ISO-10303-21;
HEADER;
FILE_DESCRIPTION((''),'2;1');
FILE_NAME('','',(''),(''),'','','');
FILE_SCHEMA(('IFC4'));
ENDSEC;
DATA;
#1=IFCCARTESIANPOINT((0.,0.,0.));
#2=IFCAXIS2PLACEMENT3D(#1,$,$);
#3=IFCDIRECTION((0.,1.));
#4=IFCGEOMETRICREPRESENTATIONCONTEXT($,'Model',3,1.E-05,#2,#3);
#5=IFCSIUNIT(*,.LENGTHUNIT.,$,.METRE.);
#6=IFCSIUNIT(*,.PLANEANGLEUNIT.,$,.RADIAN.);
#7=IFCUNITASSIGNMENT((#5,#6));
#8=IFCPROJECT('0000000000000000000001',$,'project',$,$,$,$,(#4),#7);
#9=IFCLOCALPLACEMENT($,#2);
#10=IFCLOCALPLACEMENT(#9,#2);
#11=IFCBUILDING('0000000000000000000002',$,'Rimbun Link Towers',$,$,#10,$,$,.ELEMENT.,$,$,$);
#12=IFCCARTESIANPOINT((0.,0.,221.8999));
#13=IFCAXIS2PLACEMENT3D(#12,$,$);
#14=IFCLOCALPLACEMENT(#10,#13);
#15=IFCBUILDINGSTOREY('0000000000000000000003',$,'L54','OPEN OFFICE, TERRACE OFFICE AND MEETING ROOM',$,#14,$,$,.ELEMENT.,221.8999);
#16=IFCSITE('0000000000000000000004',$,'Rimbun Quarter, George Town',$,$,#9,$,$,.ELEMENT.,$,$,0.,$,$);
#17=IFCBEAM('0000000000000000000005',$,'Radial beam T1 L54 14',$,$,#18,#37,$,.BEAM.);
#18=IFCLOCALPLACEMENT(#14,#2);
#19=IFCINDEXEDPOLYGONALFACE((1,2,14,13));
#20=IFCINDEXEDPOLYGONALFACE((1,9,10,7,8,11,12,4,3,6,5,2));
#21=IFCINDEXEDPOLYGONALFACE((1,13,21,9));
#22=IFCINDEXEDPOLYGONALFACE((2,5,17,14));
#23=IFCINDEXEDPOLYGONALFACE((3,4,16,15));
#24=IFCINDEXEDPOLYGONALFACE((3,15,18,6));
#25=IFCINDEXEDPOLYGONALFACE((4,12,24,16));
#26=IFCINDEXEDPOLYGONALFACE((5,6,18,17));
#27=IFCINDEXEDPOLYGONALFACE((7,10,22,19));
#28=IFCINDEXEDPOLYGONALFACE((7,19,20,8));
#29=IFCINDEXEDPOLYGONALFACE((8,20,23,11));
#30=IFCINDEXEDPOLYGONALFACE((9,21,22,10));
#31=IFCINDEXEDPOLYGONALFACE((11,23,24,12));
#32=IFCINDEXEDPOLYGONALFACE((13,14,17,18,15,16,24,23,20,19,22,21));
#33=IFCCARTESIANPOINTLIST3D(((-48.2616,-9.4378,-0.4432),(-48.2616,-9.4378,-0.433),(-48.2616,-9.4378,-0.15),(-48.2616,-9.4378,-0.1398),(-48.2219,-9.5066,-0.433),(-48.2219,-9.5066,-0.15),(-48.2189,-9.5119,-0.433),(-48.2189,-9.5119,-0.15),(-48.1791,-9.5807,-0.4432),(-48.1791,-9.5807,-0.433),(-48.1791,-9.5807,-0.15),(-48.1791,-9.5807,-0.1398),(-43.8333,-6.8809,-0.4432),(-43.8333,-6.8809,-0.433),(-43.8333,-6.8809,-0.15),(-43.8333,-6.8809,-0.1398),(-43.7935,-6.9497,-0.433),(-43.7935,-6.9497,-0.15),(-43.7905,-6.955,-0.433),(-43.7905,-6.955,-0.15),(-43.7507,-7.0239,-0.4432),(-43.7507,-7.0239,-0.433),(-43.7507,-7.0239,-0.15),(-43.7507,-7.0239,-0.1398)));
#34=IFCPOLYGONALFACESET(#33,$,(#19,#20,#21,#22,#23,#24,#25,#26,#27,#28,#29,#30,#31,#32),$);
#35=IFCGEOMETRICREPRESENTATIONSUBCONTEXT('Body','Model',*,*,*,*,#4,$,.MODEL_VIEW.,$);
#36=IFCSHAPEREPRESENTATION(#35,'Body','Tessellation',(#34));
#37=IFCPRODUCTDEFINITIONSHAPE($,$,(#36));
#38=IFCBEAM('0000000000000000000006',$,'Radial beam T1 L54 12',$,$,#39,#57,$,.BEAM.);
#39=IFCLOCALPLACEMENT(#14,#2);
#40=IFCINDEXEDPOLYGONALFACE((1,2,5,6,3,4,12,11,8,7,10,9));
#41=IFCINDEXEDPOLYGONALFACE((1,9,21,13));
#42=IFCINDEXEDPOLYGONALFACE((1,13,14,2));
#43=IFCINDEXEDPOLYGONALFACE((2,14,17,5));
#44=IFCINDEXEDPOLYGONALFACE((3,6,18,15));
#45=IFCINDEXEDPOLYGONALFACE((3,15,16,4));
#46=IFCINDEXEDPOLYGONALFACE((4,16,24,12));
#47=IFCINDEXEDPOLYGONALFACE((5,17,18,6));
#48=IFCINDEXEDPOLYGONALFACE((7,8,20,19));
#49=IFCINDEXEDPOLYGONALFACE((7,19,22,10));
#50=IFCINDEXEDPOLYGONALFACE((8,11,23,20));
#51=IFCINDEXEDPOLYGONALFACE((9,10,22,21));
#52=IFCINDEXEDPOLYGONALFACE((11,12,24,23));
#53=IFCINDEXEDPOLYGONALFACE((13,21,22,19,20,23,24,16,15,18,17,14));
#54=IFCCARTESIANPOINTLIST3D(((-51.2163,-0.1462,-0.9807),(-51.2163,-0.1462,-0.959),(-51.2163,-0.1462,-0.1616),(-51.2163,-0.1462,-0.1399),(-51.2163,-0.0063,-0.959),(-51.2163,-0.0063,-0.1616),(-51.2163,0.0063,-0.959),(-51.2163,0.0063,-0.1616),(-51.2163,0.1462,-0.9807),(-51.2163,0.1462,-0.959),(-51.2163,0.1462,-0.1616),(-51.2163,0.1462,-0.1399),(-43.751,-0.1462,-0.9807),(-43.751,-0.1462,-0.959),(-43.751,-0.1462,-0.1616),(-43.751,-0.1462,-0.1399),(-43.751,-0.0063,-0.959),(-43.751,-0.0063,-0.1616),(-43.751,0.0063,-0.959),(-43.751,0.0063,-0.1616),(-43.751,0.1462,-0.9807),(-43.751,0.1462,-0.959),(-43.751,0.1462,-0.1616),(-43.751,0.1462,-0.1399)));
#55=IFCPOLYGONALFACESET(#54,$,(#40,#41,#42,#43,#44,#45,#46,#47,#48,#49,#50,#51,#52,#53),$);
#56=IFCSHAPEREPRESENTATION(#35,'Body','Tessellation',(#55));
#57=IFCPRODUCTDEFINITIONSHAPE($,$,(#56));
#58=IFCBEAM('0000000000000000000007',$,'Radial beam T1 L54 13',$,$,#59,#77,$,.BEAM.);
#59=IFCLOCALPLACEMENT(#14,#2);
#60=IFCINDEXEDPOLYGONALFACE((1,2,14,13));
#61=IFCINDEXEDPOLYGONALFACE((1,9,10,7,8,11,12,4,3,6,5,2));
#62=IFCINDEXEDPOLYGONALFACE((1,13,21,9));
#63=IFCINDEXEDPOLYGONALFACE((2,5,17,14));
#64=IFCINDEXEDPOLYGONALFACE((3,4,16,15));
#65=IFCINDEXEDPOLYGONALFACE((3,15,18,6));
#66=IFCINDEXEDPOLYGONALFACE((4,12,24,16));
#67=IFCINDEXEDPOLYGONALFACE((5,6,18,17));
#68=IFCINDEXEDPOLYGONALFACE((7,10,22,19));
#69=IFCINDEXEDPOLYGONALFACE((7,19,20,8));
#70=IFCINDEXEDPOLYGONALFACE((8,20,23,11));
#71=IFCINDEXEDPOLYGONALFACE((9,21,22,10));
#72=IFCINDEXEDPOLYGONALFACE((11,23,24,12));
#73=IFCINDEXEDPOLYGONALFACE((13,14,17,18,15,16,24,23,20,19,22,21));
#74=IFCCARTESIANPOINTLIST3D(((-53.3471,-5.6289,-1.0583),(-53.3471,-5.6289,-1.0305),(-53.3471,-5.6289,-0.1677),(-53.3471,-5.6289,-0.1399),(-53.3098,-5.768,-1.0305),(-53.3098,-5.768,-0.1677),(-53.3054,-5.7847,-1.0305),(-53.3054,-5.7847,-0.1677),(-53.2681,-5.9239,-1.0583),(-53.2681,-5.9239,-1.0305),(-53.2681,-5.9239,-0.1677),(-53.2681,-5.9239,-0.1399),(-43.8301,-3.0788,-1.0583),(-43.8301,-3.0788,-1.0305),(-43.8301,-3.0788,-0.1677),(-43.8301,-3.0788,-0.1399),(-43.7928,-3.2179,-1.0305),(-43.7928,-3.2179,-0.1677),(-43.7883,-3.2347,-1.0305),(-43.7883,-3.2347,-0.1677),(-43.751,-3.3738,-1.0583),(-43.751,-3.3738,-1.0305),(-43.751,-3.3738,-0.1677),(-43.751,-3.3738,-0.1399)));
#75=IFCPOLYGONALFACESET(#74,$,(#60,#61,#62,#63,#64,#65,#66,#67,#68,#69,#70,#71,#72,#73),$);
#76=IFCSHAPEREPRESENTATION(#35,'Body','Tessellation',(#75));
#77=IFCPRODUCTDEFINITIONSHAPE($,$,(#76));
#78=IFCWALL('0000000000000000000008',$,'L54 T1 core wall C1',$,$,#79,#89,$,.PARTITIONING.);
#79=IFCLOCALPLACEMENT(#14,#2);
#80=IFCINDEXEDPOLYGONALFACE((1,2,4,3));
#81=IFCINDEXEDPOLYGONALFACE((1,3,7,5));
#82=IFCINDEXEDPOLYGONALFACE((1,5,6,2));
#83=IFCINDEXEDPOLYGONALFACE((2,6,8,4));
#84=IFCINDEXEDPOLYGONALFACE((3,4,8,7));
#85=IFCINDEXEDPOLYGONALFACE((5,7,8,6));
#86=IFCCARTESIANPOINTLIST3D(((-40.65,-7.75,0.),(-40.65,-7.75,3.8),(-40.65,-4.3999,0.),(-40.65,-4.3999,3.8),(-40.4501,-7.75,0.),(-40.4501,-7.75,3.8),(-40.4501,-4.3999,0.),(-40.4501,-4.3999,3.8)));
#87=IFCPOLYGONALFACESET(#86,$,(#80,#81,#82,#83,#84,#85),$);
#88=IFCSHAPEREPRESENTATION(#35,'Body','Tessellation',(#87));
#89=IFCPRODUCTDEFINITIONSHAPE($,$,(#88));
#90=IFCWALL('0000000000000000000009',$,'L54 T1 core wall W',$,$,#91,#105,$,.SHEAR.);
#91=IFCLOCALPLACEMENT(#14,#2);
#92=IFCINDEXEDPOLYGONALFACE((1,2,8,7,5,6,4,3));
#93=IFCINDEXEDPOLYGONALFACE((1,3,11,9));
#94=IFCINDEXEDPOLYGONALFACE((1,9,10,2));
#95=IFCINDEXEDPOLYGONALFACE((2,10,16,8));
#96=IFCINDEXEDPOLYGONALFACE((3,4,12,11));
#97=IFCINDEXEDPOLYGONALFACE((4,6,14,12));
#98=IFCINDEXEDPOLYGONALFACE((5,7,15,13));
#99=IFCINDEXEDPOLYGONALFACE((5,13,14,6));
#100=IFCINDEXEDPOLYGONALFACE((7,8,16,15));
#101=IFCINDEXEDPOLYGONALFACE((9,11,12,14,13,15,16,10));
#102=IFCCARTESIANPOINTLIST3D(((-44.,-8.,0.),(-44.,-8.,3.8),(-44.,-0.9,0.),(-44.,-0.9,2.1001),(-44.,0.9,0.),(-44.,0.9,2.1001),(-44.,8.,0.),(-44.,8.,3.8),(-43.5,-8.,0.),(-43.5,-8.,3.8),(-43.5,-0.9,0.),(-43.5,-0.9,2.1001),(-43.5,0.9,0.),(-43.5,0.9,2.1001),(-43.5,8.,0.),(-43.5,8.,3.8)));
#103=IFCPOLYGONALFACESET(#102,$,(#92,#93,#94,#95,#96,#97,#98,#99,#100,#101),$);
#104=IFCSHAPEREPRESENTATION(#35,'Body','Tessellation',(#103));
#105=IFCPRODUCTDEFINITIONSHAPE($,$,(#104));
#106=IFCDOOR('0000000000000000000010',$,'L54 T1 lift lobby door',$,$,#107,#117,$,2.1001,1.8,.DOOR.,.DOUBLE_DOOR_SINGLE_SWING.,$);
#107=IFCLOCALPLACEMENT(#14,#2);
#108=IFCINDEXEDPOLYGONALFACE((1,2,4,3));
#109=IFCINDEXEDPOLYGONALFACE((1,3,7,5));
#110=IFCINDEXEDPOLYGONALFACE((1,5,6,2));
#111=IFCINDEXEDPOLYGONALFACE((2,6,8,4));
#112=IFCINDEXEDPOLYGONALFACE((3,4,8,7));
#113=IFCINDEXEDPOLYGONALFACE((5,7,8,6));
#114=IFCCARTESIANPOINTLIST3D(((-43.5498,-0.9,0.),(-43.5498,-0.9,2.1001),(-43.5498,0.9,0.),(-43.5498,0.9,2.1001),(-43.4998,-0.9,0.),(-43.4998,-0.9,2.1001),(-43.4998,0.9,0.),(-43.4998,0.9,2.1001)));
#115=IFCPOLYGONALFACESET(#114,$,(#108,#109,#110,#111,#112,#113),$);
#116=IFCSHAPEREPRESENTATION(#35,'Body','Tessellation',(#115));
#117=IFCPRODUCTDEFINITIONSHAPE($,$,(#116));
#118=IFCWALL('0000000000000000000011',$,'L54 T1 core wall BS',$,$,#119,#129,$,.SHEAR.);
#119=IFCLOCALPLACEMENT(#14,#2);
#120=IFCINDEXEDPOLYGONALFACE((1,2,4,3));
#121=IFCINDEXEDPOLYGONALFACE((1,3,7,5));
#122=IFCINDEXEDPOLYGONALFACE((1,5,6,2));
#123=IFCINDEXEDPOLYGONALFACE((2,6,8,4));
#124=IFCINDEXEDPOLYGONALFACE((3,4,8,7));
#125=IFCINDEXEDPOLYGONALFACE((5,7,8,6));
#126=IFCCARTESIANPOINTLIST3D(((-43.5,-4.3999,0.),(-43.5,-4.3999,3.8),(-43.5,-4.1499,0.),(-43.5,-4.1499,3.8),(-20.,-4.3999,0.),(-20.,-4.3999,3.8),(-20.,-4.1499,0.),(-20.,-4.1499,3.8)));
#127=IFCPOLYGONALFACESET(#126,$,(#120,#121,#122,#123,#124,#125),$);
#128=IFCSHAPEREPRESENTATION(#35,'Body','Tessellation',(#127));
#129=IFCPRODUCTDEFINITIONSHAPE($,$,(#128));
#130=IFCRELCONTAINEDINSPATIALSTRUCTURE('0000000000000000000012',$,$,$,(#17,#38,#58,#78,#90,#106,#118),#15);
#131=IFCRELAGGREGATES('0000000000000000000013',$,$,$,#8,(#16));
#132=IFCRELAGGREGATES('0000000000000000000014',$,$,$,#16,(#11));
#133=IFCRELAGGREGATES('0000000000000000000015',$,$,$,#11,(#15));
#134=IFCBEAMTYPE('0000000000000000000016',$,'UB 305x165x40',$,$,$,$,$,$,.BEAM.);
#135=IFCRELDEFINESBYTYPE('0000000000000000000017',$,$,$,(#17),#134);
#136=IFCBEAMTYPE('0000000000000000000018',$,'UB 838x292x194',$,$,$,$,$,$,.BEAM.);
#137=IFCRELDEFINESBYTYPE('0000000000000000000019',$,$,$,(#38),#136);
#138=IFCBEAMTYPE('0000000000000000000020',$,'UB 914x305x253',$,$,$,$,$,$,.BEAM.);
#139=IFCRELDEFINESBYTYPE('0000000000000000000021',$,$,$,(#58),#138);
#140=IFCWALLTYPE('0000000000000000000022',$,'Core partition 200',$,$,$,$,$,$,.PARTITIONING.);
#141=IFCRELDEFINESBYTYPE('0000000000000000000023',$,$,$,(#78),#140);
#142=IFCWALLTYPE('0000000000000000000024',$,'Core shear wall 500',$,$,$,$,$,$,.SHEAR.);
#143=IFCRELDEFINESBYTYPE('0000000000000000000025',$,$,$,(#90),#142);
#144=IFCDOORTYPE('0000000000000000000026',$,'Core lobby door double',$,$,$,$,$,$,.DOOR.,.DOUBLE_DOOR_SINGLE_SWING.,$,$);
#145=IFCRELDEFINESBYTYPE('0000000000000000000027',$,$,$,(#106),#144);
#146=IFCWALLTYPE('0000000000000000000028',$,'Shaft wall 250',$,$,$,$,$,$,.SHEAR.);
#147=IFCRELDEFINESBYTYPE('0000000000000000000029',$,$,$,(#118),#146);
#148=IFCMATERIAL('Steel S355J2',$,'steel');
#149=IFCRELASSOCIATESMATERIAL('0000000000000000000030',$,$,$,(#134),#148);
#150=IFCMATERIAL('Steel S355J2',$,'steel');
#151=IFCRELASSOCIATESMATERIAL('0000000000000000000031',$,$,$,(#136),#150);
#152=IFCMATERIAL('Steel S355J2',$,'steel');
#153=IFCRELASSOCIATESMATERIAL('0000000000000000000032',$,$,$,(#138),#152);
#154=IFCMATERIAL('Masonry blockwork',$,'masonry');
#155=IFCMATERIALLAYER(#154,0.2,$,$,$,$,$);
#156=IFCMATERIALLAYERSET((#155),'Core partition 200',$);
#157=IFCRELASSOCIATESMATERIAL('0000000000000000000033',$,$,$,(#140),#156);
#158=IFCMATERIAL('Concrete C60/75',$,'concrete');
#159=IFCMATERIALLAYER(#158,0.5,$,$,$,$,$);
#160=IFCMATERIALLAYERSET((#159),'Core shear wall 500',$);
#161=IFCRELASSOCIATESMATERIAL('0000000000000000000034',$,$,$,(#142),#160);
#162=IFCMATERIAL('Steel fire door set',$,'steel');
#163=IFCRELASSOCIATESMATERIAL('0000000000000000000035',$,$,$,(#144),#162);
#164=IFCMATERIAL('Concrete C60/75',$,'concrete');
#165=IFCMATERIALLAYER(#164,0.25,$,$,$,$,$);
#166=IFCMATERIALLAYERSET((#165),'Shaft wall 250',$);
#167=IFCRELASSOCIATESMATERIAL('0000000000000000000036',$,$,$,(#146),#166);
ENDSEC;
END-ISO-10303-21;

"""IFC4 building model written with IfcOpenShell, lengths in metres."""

from ifc_helpers import new_model, si_unit, direction, frame, frame_2d, origin, origin_2d, place, context, subcontext, project, spatial, rectangle, i_section, extrude, material, layer, layer_set, material_profile, profile_set, type_object, element, fill, save


model = new_model("IFC4")

# Units and contexts
model_context = context("Model", 3, precision=1e-05, world=origin(), true_north=direction((0.0, 1.0)))
body_context = subcontext(model_context, "Body", "Model", "MODEL_VIEW")
ifc_project = project(units=[si_unit("LENGTHUNIT", "METRE"), si_unit("PLANEANGLEUNIT", "RADIAN")], contexts=[model_context])

# Site, building, storey
site_placement = place(None, origin())
site = spatial("IfcSite", under=ifc_project, at=site_placement, Name="Rimbun Quarter, George Town", CompositionType="ELEMENT", RefElevation=0.0)
building_placement = place(site_placement, origin())
building = spatial("IfcBuilding", under=site, at=building_placement, Name="Rimbun Link Towers", CompositionType="ELEMENT")
storey_placement = place(building_placement, frame((0.0, 0.0, 221.8999)))
storey = spatial("IfcBuildingStorey", under=building, at=storey_placement, Name="L54", Description="OPEN OFFICE, TERRACE OFFICE AND MEETING ROOM", CompositionType="ELEMENT", Elevation=221.8999)

# Beams
ifc_material_1 = material(Name="Steel S355J2", Category="steel")
ifc_material_profile_1 = material_profile(ifc_material_1, i_section(OverallWidth=0.165, OverallDepth=0.3035, WebThickness=0.0061, FlangeThickness=0.0103, at=origin_2d()), Name="UB 305x165x40")
ifc_profile_set_1 = profile_set([ifc_material_profile_1], Name="Steel S355J2")
beam_type_1 = type_object("IfcBeamType", Name="UB 305x165x40", PredefinedType="BEAM", material=ifc_profile_set_1)
beam_1_placement = place(storey_placement, frame((-43.792, -6.9524, -0.2915), z_axis=(-0.866016, -0.500016, 0.0), x_axis=(0.500016, -0.866016, 0.0)))
element("IfcBeam", 1, at=beam_1_placement, inside=storey, type_object=beam_type_1, Name="Radial beam T1 L54 14", PredefinedType="BEAM", context=body_context, shape_type="SweptSolid", body=[
    extrude(i_section(OverallWidth=0.165, OverallDepth=0.3035, WebThickness=0.0061, FlangeThickness=0.0103, at=origin_2d()), origin(), (0.0, 0.0, 1.0), 5.1135),
])
ifc_material_2 = material(Name="Steel S355J2", Category="steel")
ifc_material_profile_2 = material_profile(ifc_material_2, i_section(OverallWidth=0.2925, OverallDepth=0.8408, WebThickness=0.0127, FlangeThickness=0.0217, at=origin_2d()), Name="UB 838x292x194")
ifc_profile_set_2 = profile_set([ifc_material_profile_2], Name="Steel S355J2")
beam_type_2 = type_object("IfcBeamType", Name="UB 838x292x194", PredefinedType="BEAM", material=ifc_profile_set_2)
beam_2_placement = place(storey_placement, frame((-43.751, 0.0, -0.5603), z_axis=(-1.0, 0.0, 0.0), x_axis=(0.0, -1.0, 0.0)))
element("IfcBeam", 2, at=beam_2_placement, inside=storey, type_object=beam_type_2, Name="Radial beam T1 L54 12", PredefinedType="BEAM", context=body_context, shape_type="SweptSolid", body=[
    extrude(i_section(OverallWidth=0.2925, OverallDepth=0.8408, WebThickness=0.0127, FlangeThickness=0.0217, at=origin_2d()), origin(), (0.0, 0.0, 1.0), 7.4653),
])
ifc_material_3 = material(Name="Steel S355J2", Category="steel")
ifc_material_profile_3 = material_profile(ifc_material_3, i_section(OverallWidth=0.3054, OverallDepth=0.9185, WebThickness=0.0173, FlangeThickness=0.0278, at=origin_2d()), Name="UB 914x305x253")
ifc_profile_set_3 = profile_set([ifc_material_profile_3], Name="Steel S355J2")
beam_type_3 = type_object("IfcBeamType", Name="UB 914x305x253", PredefinedType="BEAM", material=ifc_profile_set_3)
beam_3_placement = place(storey_placement, frame((-43.7905, -3.2263, -0.5991), z_axis=(-0.965927, -0.258815, 0.0), x_axis=(0.258815, -0.965927, 0.0)))
element("IfcBeam", 3, at=beam_3_placement, inside=storey, type_object=beam_type_3, Name="Radial beam T1 L54 13", PredefinedType="BEAM", context=body_context, shape_type="SweptSolid", body=[
    extrude(i_section(OverallWidth=0.3054, OverallDepth=0.9185, WebThickness=0.0173, FlangeThickness=0.0278, at=origin_2d()), origin(), (0.0, 0.0, 1.0), 9.8528),
])

# Wall
ifc_material_4 = material(Name="Masonry blockwork", Category="masonry")
ifc_layer_1 = layer(ifc_material_4, 0.2)
ifc_layer_set_1 = layer_set([ifc_layer_1], Name="Core partition 200")
wall_type_1 = type_object("IfcWallType", Name="Core partition 200", PredefinedType="PARTITIONING", material=ifc_layer_set_1)
wall_1_placement = place(storey_placement, frame((-40.55, -4.3999, 0.0), z_axis=(0.0, 0.0, 1.0), x_axis=(0.0, -1.0, 0.0)))
element("IfcWall", 4, at=wall_1_placement, inside=storey, type_object=wall_type_1, Name="L54 T1 core wall C1", PredefinedType="PARTITIONING", context=body_context, shape_type="SweptSolid", body=[
    extrude(rectangle(XDim=3.3501, YDim=0.2, at=frame_2d((1.675, 0.0))), origin(), (0.0, 0.0, 1.0), 3.8),
])

# Wall, opening, door
ifc_material_5 = material(Name="Concrete C60/75", Category="concrete")
ifc_layer_2 = layer(ifc_material_5, 0.5)
ifc_layer_set_2 = layer_set([ifc_layer_2], Name="Core shear wall 500")
wall_type_2 = type_object("IfcWallType", Name="Core shear wall 500", PredefinedType="SHEAR", material=ifc_layer_set_2)
wall_2_placement = place(storey_placement, frame((-43.75, -8.0, 0.0), z_axis=(0.0, 0.0, 1.0), x_axis=(0.0, 1.0, 0.0)))
wall_2 = element("IfcWall", 5, at=wall_2_placement, inside=storey, type_object=wall_type_2, Name="L54 T1 core wall W", PredefinedType="SHEAR", context=body_context, shape_type="SweptSolid", body=[
    extrude(rectangle(XDim=16.0, YDim=0.5, at=frame_2d((8.0, 0.0))), origin(), (0.0, 0.0, 1.0), 3.8),
])
opening_1_placement = place(wall_2_placement, frame((7.1001, 0.0, 0.0)))
opening_1 = element("IfcOpeningElement", 6, at=opening_1_placement, cuts=wall_2, PredefinedType="OPENING", context=body_context, shape_type="SweptSolid", body=[
    extrude(rectangle(XDim=1.8, YDim=2.1001, at=frame_2d((0.8999, 1.05))), frame((0.0, 0.26, 0.0), z_axis=(0.0, -1.0, 0.0), x_axis=(1.0, 0.0, 0.0)), (0.0, 0.0, 1.0), 0.52),
])
ifc_material_6 = material(Name="Steel fire door set", Category="steel")
door_type_1 = type_object("IfcDoorType", Name="Core lobby door double", OperationType="DOUBLE_DOOR_SINGLE_SWING", PredefinedType="DOOR", material=ifc_material_6)
door_1_placement = place(opening_1_placement, origin())
door_1 = element("IfcDoor", 7, at=door_1_placement, inside=storey, type_object=door_type_1, Name="L54 T1 lift lobby door", OperationType="DOUBLE_DOOR_SINGLE_SWING", OverallHeight=2.1001, OverallWidth=1.8, PredefinedType="DOOR", context=body_context, shape_type="SweptSolid", body=[
    extrude(rectangle(XDim=1.8, YDim=2.1001, at=frame_2d((0.8999, 1.05))), frame((0.0, -0.2002, 0.0), z_axis=(0.0, -1.0, 0.0), x_axis=(1.0, 0.0, 0.0)), (0.0, 0.0, 1.0), 0.05),
])
fill(opening_1, door_1)

# Wall
ifc_material_7 = material(Name="Concrete C60/75", Category="concrete")
ifc_layer_3 = layer(ifc_material_7, 0.25)
ifc_layer_set_3 = layer_set([ifc_layer_3], Name="Shaft wall 250")
wall_type_3 = type_object("IfcWallType", Name="Shaft wall 250", PredefinedType="SHEAR", material=ifc_layer_set_3)
wall_3_placement = place(storey_placement, frame((-43.5, -4.2749, 0.0), z_axis=(0.0, 0.0, 1.0), x_axis=(1.0, 0.0, 0.0)))
element("IfcWall", 8, at=wall_3_placement, inside=storey, type_object=wall_type_3, Name="L54 T1 core wall BS", PredefinedType="SHEAR", context=body_context, shape_type="SweptSolid", body=[
    extrude(rectangle(XDim=23.5, YDim=0.25, at=frame_2d((11.75, 0.0))), origin(), (0.0, 0.0, 1.0), 3.8),
])

save(model, "model.ifc")
